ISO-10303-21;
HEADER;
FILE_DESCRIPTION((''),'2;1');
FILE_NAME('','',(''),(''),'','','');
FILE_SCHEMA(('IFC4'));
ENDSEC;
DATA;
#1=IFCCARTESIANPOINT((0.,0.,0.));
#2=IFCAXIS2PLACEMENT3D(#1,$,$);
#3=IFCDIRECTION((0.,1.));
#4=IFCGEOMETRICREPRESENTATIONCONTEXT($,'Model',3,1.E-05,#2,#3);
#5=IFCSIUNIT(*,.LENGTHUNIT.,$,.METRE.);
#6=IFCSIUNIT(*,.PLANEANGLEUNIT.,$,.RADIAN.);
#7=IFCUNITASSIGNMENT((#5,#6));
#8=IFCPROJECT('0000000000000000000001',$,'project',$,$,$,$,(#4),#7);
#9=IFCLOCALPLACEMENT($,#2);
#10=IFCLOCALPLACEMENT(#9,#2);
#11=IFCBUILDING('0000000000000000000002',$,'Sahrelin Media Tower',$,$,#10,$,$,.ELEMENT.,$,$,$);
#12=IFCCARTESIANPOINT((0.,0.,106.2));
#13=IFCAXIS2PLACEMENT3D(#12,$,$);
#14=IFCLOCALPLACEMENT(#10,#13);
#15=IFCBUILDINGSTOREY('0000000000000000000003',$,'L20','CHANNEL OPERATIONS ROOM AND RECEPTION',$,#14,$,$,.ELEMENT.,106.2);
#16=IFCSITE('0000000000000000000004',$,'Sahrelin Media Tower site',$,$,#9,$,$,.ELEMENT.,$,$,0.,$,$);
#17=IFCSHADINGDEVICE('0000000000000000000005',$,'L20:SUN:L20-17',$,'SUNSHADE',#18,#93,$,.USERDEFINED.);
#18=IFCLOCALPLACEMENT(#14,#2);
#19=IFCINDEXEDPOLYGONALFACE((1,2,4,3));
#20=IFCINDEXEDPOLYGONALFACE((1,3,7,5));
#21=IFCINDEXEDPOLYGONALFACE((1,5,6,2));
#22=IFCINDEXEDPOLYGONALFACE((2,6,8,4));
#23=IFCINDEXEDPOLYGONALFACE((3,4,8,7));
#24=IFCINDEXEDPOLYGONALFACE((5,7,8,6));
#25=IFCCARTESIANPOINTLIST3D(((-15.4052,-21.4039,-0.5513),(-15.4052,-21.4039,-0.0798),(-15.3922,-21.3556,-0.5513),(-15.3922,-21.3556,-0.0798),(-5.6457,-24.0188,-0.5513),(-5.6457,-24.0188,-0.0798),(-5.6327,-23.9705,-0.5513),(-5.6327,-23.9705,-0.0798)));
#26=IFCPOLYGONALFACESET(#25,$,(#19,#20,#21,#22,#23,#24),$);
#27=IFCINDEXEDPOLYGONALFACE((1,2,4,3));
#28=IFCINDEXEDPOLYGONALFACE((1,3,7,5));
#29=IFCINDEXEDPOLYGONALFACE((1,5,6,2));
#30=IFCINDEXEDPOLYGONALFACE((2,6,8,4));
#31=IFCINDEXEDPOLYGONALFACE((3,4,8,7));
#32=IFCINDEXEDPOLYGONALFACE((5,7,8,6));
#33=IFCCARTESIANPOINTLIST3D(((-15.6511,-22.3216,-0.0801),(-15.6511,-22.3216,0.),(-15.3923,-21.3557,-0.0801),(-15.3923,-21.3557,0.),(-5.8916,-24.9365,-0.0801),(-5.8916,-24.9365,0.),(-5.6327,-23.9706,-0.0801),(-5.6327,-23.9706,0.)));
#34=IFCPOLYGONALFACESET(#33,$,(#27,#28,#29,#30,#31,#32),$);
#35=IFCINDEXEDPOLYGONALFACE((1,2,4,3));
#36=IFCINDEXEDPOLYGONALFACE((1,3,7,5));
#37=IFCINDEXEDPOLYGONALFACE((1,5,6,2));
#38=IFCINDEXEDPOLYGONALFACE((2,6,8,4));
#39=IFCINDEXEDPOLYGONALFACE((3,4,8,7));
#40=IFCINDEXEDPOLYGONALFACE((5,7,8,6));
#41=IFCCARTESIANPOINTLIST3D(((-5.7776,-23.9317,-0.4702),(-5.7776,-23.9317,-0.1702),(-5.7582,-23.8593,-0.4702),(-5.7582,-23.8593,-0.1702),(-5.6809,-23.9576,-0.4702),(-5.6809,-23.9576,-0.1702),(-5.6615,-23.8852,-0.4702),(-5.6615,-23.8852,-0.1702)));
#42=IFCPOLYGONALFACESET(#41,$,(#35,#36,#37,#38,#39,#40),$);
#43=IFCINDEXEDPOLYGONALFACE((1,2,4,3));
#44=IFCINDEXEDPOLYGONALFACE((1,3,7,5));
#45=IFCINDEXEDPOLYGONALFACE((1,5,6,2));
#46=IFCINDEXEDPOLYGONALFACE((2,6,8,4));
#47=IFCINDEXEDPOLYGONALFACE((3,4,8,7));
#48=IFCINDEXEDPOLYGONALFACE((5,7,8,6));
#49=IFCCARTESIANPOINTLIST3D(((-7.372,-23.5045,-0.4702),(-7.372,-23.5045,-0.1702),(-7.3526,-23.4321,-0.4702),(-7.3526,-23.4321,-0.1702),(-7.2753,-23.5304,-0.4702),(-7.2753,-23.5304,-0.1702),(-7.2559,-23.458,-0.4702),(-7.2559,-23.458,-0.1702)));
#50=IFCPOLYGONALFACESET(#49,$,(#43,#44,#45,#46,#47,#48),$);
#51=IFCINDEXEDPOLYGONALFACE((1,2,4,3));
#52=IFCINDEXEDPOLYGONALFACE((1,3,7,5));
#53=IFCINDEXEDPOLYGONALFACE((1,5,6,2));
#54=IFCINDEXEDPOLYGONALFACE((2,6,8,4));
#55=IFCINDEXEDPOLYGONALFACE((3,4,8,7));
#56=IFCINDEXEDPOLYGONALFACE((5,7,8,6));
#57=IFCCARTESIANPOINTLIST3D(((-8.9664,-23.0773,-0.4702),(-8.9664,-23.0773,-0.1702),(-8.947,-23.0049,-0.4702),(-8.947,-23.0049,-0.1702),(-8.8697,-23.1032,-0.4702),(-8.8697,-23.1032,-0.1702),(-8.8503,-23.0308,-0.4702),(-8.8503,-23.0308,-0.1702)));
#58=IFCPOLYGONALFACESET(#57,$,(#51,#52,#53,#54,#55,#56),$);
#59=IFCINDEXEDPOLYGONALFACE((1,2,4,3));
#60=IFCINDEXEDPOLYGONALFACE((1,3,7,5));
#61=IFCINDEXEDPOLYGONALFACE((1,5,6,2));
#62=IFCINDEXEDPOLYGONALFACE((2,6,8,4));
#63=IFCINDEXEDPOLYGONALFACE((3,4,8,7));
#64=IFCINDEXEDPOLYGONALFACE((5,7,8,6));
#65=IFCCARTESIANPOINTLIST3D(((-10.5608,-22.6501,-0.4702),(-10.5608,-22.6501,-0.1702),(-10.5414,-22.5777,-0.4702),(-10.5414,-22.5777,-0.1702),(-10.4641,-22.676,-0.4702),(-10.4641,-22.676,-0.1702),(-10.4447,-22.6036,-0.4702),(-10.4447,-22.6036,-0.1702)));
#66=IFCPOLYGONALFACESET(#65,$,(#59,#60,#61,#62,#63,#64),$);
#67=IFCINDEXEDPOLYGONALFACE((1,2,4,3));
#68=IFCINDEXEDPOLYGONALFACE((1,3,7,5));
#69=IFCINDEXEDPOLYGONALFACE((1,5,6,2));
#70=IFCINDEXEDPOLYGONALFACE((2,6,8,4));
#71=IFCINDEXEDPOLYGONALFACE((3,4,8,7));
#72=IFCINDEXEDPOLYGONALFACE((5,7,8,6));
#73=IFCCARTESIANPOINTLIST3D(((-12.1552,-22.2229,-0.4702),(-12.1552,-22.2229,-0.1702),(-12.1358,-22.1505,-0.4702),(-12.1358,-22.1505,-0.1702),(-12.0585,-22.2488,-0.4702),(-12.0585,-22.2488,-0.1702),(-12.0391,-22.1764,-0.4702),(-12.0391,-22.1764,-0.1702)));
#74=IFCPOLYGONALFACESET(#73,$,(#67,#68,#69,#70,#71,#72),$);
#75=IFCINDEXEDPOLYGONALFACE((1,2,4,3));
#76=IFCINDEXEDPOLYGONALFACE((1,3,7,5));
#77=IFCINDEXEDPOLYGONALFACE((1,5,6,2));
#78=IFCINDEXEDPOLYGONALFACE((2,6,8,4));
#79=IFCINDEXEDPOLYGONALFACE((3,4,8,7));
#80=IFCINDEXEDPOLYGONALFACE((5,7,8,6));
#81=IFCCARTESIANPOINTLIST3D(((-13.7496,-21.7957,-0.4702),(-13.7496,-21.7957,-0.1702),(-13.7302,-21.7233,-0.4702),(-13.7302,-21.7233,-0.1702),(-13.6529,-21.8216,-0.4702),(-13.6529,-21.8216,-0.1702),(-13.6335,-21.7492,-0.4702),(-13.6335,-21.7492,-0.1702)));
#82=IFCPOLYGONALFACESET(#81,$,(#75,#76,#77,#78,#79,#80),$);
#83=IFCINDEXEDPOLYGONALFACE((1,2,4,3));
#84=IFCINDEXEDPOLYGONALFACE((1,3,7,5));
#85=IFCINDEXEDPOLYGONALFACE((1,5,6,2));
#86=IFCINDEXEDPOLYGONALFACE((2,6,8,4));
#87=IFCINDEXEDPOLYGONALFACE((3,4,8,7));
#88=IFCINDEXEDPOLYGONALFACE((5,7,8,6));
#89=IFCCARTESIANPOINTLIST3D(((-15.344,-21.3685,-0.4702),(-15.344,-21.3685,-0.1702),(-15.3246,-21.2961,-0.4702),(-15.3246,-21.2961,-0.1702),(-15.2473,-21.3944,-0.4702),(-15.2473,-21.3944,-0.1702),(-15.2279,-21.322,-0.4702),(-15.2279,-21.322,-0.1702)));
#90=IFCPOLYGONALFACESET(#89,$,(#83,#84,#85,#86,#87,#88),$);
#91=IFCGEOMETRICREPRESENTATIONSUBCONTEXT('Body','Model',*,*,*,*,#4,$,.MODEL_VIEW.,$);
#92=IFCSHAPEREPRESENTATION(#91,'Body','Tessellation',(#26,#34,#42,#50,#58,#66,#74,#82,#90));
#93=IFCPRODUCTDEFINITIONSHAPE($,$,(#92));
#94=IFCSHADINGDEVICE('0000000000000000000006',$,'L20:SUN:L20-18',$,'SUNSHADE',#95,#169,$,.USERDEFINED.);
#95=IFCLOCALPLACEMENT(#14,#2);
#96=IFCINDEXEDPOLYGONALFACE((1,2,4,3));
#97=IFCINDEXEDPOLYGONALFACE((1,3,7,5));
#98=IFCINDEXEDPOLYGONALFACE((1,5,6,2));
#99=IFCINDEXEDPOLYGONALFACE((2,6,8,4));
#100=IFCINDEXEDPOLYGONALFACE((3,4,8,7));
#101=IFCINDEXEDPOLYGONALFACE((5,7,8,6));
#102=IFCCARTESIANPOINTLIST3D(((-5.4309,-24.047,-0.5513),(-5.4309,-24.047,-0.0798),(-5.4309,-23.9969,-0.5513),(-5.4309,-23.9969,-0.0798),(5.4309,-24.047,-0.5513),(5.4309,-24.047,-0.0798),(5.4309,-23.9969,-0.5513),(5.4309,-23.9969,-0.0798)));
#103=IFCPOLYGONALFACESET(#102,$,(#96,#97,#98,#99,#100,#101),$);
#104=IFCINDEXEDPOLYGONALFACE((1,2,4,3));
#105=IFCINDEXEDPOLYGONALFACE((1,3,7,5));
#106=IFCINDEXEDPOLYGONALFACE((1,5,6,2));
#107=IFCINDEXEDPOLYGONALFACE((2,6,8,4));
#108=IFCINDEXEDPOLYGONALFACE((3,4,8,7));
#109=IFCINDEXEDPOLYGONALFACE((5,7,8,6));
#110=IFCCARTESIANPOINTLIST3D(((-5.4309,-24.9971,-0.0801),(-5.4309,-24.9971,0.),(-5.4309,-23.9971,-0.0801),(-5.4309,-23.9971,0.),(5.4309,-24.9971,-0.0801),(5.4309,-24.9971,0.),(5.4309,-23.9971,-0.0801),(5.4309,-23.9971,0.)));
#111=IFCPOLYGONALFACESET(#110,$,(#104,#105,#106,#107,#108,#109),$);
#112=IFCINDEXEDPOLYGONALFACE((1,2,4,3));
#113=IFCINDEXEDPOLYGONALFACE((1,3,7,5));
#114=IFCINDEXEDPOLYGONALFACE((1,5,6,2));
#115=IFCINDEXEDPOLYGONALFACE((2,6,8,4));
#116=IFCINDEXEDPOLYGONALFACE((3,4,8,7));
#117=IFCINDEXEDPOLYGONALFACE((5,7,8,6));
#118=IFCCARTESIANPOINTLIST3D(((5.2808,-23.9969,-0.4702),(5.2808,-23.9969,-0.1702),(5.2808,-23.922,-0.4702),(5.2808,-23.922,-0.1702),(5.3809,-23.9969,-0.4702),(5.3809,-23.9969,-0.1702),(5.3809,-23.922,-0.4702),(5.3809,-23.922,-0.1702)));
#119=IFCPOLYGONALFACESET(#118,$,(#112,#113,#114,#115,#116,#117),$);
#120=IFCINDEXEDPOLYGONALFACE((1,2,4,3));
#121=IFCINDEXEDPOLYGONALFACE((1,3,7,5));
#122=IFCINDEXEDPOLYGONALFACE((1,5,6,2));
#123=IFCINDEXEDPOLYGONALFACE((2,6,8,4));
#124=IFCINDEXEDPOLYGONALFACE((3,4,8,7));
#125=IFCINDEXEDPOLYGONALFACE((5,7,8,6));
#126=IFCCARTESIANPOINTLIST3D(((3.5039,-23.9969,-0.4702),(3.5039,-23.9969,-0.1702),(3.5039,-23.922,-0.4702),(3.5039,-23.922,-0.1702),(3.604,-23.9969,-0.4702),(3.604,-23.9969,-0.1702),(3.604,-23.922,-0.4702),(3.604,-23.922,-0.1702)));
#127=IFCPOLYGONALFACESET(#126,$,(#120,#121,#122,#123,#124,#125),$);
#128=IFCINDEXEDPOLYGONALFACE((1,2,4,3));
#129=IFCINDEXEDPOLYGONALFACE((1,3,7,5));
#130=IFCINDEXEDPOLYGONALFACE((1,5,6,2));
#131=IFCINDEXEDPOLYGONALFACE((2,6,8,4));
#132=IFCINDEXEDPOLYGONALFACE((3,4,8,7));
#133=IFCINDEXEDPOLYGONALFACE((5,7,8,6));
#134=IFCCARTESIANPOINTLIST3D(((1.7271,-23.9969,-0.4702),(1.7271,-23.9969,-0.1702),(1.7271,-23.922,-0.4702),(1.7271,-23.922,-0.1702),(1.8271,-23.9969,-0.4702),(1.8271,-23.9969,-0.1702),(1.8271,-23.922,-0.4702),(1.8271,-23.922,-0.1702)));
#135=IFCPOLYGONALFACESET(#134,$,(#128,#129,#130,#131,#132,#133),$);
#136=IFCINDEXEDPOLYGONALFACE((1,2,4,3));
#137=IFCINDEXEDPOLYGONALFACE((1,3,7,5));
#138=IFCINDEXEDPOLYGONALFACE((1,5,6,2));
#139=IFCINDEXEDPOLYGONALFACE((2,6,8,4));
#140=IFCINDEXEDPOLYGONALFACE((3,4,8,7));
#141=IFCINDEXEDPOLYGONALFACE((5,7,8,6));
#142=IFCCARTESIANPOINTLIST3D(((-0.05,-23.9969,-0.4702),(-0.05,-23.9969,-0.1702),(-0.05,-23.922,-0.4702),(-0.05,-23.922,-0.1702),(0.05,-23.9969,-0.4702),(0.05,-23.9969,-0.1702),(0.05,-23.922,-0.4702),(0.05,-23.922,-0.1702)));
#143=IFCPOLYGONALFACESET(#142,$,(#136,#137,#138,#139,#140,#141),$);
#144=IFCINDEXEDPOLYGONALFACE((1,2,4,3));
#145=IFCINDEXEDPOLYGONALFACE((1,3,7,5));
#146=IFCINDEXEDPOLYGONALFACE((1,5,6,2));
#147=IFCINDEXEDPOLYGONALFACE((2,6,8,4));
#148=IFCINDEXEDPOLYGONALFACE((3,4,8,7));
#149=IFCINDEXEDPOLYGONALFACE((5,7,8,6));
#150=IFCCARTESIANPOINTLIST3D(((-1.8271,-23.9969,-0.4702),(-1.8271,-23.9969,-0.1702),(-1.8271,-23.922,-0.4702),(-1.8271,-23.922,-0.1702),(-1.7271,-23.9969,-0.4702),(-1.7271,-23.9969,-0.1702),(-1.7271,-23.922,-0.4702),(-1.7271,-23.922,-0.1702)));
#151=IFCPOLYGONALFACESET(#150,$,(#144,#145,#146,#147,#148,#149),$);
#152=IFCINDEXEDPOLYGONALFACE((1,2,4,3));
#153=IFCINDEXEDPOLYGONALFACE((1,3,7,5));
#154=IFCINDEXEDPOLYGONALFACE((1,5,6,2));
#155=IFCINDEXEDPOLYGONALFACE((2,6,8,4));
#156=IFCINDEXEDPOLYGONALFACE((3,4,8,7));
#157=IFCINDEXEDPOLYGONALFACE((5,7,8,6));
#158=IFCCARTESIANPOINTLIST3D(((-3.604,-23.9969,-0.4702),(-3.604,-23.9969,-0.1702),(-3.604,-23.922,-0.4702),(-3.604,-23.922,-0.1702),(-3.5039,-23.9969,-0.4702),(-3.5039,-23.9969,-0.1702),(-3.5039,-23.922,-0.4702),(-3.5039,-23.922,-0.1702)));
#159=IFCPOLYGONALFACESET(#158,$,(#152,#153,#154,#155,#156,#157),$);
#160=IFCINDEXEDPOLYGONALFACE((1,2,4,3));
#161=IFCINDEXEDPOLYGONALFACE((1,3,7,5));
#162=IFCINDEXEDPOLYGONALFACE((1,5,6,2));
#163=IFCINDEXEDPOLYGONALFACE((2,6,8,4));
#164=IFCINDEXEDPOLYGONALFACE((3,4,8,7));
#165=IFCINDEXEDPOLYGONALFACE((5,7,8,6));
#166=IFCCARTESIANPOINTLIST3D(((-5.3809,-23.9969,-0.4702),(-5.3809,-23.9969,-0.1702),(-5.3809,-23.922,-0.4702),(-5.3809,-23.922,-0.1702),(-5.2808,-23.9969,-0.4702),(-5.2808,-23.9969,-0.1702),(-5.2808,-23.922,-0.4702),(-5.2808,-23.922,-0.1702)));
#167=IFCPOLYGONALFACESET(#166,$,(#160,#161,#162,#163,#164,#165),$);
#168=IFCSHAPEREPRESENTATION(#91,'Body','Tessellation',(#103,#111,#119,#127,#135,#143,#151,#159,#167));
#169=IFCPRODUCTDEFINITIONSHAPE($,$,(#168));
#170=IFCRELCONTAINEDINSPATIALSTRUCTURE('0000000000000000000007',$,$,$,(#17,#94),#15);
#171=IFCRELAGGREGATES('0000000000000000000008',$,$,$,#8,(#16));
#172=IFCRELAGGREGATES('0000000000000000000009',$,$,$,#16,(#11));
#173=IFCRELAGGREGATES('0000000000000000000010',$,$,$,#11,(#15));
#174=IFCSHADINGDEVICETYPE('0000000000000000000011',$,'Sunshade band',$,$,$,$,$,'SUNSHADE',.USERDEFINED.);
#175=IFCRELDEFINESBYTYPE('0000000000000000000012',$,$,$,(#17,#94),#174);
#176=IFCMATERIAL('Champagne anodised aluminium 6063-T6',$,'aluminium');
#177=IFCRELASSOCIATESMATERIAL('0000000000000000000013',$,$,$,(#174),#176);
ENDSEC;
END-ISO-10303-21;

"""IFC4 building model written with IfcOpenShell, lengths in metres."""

from ifc_helpers import new_model, si_unit, direction, frame, origin, origin_2d, place, context, subcontext, project, spatial, rectangle, extrude, material, type_object, element, save


model = new_model("IFC4")

# Units and contexts
model_context = context("Model", 3, precision=1e-05, world=origin(), true_north=direction((0.0, 1.0)))
body_context = subcontext(model_context, "Body", "Model", "MODEL_VIEW")
ifc_project = project(units=[si_unit("LENGTHUNIT", "METRE"), si_unit("PLANEANGLEUNIT", "RADIAN")], contexts=[model_context])

# Site, building, storey
site_placement = place(None, origin())
site = spatial("IfcSite", under=ifc_project, at=site_placement, Name="Sahrelin Media Tower site", CompositionType="ELEMENT", RefElevation=0.0)
building_placement = place(site_placement, origin())
building = spatial("IfcBuilding", under=site, at=building_placement, Name="Sahrelin Media Tower", CompositionType="ELEMENT")
storey_placement = place(building_placement, frame((0.0, 0.0, 106.2)))
storey = spatial("IfcBuildingStorey", under=building, at=storey_placement, Name="L20", Description="CHANNEL OPERATIONS ROOM AND RECEPTION", CompositionType="ELEMENT", Elevation=106.2)

# Shared definitions
ifc_material_1 = material(Name="Champagne anodised aluminium 6063-T6", Category="aluminium")

# Shading devices
placement = place(storey_placement, frame((-10.5073, -22.6438, 0.0), z_axis=(0.0, 0.0, 1.0), x_axis=(-0.965929, 0.258808, 0.0)))
shading_device_type_1 = type_object("IfcShadingDeviceType", Name="Sunshade band", ElementType="SUNSHADE", PredefinedType="USERDEFINED", material=ifc_material_1)
element("IfcShadingDevice", 1, at=placement, inside=storey, type_object=shading_device_type_1, Name="L20:SUN:L20-17", ObjectType="SUNSHADE", PredefinedType="USERDEFINED", context=body_context, shape_type="SweptSolid", body=[
    extrude(rectangle(XDim=10.1038, YDim=0.05, at=origin_2d()), frame((0.0, 0.0449, -0.5513)), (0.0, 0.0, 1.0), 0.4714),
    extrude(rectangle(XDim=10.1038, YDim=1.0, at=origin_2d()), frame((0.0, 0.52, -0.0801)), (0.0, 0.0, 1.0), 0.0801),
    extrude(rectangle(XDim=0.1001, YDim=0.075, at=origin_2d()), frame((-4.9519, -0.0176, -0.4702)), (0.0, 0.0, 1.0), 0.3),
    extrude(rectangle(XDim=0.1001, YDim=0.075, at=origin_2d()), frame((-3.3013, -0.0176, -0.4702)), (0.0, 0.0, 1.0), 0.3),
    extrude(rectangle(XDim=0.1001, YDim=0.075, at=origin_2d()), frame((-1.6506, -0.0176, -0.4702)), (0.0, 0.0, 1.0), 0.3),
    extrude(rectangle(XDim=0.1001, YDim=0.075, at=origin_2d()), frame((0.0, -0.0176, -0.4702)), (0.0, 0.0, 1.0), 0.3),
    extrude(rectangle(XDim=0.1001, YDim=0.075, at=origin_2d()), frame((1.6506, -0.0176, -0.4702)), (0.0, 0.0, 1.0), 0.3),
    extrude(rectangle(XDim=0.1001, YDim=0.075, at=origin_2d()), frame((3.3013, -0.0176, -0.4702)), (0.0, 0.0, 1.0), 0.3),
    extrude(rectangle(XDim=0.1001, YDim=0.075, at=origin_2d()), frame((4.9519, -0.0176, -0.4702)), (0.0, 0.0, 1.0), 0.3),
])
shading_device_1_placement = place(storey_placement, frame((0.0, -23.9771, 0.0), z_axis=(0.0, 0.0, 1.0), x_axis=(-1.0, 0.0, 0.0)))
element("IfcShadingDevice", 2, at=shading_device_1_placement, inside=storey, type_object=shading_device_type_1, Name="L20:SUN:L20-18", ObjectType="SUNSHADE", PredefinedType="USERDEFINED", context=body_context, shape_type="SweptSolid", body=[
    extrude(rectangle(XDim=10.8618, YDim=0.05, at=origin_2d()), frame((0.0, 0.0449, -0.5513)), (0.0, 0.0, 1.0), 0.4714),
    extrude(rectangle(XDim=10.8618, YDim=1.0, at=origin_2d()), frame((0.0, 0.52, -0.0801)), (0.0, 0.0, 1.0), 0.0801),
    extrude(rectangle(XDim=0.1001, YDim=0.075, at=origin_2d()), frame((-5.3308, -0.0176, -0.4702)), (0.0, 0.0, 1.0), 0.3),
    extrude(rectangle(XDim=0.1001, YDim=0.075, at=origin_2d()), frame((-3.554, -0.0176, -0.4702)), (0.0, 0.0, 1.0), 0.3),
    extrude(rectangle(XDim=0.1001, YDim=0.075, at=origin_2d()), frame((-1.7771, -0.0176, -0.4702)), (0.0, 0.0, 1.0), 0.3),
    extrude(rectangle(XDim=0.1001, YDim=0.075, at=origin_2d()), frame((0.0, -0.0176, -0.4702)), (0.0, 0.0, 1.0), 0.3),
    extrude(rectangle(XDim=0.1001, YDim=0.075, at=origin_2d()), frame((1.7771, -0.0176, -0.4702)), (0.0, 0.0, 1.0), 0.3),
    extrude(rectangle(XDim=0.1001, YDim=0.075, at=origin_2d()), frame((3.554, -0.0176, -0.4702)), (0.0, 0.0, 1.0), 0.3),
    extrude(rectangle(XDim=0.1001, YDim=0.075, at=origin_2d()), frame((5.3308, -0.0176, -0.4702)), (0.0, 0.0, 1.0), 0.3),
])

save(model, "model.ifc")
